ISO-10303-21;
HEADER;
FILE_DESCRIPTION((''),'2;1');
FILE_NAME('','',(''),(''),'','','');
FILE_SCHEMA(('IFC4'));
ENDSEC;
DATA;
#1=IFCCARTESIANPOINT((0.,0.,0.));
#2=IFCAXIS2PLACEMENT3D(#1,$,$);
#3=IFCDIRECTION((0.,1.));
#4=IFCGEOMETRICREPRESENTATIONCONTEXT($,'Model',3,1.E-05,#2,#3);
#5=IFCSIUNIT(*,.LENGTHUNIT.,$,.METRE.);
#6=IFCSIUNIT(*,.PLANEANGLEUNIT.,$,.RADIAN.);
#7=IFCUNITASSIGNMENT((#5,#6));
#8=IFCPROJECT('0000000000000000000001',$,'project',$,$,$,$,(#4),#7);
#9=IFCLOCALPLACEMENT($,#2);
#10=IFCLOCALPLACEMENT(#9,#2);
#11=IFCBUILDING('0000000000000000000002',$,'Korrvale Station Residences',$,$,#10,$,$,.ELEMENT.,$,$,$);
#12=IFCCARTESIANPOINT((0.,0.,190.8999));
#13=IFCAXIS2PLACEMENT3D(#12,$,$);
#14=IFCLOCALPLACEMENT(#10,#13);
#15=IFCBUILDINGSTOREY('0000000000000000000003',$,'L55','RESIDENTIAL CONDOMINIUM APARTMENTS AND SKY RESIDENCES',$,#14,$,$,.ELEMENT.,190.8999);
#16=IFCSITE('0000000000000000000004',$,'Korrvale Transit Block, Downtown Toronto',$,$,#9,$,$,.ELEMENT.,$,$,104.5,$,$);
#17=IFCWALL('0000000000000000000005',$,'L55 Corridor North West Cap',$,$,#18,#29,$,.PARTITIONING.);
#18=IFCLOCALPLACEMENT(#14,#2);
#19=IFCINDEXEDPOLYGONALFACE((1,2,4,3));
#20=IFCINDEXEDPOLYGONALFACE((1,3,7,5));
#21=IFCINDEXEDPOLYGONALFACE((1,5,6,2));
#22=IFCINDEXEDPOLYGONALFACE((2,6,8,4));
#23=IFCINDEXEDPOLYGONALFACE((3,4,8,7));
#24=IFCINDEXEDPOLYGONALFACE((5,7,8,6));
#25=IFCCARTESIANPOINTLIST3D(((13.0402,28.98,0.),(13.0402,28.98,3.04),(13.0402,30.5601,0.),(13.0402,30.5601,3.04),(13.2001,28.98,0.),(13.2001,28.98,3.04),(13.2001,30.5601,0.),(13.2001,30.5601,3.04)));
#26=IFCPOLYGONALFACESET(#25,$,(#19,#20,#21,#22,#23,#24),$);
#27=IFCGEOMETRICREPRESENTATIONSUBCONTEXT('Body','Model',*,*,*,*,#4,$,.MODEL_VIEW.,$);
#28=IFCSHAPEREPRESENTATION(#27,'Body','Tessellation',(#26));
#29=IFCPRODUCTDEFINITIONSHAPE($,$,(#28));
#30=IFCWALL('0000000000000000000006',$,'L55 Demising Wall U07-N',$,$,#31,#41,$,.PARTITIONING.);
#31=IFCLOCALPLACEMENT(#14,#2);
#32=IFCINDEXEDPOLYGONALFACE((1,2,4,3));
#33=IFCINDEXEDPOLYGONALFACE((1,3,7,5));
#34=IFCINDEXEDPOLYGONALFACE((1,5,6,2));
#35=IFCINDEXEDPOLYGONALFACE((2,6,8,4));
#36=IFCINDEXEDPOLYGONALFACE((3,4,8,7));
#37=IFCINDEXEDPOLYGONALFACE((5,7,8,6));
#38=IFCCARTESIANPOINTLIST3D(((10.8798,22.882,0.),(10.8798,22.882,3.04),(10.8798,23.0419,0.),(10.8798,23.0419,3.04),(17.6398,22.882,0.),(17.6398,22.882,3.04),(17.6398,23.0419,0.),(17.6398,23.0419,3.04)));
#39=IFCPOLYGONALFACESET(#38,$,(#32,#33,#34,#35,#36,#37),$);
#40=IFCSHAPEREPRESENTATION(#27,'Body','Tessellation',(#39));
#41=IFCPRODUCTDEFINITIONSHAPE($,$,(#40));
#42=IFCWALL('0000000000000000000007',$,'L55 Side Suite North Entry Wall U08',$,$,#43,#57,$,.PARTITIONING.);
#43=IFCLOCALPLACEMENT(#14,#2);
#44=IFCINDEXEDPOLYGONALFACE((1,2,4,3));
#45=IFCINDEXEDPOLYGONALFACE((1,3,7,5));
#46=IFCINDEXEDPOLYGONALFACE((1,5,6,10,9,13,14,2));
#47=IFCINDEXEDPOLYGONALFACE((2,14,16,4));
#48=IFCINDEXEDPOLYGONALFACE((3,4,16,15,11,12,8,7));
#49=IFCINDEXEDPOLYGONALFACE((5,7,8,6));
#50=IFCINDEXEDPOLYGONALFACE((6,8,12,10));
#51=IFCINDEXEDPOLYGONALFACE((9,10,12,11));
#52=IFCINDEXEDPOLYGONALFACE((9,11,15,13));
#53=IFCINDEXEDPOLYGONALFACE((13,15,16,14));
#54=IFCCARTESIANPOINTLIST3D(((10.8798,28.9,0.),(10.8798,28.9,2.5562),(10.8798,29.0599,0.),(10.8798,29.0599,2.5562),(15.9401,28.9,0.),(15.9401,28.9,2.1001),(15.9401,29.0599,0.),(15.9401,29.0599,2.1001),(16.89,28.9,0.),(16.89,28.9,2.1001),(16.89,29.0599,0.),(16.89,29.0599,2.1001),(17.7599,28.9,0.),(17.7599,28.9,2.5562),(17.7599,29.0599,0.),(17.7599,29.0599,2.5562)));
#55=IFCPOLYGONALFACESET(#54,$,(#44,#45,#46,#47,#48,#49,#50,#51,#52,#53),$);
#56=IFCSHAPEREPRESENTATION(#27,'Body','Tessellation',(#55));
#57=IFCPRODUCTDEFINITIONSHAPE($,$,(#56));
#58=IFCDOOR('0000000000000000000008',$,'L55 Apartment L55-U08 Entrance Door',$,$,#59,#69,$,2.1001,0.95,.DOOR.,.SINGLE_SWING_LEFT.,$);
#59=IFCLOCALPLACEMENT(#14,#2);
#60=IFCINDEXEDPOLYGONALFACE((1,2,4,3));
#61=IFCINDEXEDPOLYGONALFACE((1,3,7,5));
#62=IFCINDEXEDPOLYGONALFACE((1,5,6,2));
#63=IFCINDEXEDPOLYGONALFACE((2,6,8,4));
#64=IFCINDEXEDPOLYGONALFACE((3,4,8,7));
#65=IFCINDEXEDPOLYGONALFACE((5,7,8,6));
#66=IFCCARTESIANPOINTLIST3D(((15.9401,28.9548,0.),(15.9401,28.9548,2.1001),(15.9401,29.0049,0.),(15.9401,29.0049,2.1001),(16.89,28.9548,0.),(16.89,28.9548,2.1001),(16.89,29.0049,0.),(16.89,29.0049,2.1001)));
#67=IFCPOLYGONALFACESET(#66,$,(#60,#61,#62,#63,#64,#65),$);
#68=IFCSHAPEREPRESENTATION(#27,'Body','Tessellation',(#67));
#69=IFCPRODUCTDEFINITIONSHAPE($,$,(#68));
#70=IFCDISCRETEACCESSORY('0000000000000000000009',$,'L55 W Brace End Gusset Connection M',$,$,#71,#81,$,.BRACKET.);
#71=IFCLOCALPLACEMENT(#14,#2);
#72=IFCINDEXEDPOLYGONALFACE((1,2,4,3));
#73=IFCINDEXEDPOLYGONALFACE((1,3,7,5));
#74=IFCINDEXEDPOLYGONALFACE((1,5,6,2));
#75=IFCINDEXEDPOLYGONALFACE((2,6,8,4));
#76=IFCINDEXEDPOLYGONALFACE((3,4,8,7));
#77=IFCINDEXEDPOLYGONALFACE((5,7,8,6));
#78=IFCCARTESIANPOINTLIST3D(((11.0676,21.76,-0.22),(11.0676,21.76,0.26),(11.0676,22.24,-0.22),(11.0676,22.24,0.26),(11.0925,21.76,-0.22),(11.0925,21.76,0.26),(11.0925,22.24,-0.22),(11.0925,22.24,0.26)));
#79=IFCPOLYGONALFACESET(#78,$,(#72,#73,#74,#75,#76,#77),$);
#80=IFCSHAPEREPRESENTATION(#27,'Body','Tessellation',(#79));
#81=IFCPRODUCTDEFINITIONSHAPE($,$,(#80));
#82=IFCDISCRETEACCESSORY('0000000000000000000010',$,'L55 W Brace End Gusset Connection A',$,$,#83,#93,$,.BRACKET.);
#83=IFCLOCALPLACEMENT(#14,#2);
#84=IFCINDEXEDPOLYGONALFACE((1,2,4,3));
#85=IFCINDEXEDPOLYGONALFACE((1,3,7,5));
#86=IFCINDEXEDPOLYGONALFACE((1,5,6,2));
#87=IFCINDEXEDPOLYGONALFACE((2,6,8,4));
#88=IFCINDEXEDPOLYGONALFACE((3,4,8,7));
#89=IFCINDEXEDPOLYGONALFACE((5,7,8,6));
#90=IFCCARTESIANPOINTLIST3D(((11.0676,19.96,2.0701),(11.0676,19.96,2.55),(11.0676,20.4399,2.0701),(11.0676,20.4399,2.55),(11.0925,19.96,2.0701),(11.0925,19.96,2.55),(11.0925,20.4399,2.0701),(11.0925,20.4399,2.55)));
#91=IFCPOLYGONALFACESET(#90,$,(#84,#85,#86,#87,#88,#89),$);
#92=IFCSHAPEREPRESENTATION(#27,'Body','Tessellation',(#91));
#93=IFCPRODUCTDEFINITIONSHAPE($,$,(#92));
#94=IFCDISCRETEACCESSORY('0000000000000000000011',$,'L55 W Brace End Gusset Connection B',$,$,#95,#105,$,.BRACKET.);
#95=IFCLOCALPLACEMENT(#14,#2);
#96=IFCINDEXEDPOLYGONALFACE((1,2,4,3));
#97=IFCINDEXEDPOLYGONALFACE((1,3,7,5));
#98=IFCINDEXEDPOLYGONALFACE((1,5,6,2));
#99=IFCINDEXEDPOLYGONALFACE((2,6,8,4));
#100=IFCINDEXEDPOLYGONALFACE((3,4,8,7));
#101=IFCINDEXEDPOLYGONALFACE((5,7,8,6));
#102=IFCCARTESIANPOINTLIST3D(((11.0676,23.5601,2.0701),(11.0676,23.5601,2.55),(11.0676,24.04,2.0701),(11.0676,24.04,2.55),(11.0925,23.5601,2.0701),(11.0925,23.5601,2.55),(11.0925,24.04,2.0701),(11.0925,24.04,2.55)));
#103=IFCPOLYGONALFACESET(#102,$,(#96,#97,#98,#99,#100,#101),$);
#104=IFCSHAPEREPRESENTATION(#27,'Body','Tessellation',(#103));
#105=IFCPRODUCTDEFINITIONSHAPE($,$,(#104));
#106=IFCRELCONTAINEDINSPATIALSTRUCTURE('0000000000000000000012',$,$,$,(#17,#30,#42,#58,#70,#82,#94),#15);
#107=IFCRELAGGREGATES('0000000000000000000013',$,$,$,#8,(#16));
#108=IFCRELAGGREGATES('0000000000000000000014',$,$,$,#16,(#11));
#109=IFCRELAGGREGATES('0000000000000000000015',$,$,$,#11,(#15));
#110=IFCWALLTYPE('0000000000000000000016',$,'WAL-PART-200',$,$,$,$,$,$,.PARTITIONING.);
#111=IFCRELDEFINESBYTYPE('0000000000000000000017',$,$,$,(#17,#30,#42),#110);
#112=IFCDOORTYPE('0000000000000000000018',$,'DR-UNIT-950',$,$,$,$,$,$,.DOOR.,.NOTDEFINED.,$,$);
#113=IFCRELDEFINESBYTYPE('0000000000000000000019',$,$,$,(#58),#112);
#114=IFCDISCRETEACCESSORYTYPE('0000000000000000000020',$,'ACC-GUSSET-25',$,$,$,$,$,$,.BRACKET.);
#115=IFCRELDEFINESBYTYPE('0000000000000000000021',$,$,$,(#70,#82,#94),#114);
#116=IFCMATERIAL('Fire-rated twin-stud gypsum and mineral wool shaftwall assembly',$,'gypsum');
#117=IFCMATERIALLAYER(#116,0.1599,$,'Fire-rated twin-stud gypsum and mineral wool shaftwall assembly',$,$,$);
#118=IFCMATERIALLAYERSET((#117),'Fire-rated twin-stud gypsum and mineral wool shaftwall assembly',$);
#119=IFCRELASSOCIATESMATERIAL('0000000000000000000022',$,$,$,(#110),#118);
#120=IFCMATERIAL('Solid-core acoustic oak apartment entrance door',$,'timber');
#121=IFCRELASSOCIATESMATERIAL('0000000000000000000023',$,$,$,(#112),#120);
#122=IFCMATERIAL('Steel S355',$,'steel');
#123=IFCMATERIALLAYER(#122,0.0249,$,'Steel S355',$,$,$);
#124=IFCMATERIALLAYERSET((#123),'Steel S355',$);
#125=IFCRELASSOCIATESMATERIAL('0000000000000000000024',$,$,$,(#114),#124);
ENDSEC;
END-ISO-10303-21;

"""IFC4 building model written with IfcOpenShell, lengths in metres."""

from ifc_helpers import new_model, si_unit, direction, frame, frame_2d, origin, origin_2d, place, context, subcontext, project, spatial, rectangle, extrude, material, layer, layer_set, type_object, element, fill, save


model = new_model("IFC4")

# Units and contexts
model_context = context("Model", 3, precision=1e-05, world=origin(), true_north=direction((0.0, 1.0)))
body_context = subcontext(model_context, "Body", "Model", "MODEL_VIEW")
ifc_project = project(units=[si_unit("LENGTHUNIT", "METRE"), si_unit("PLANEANGLEUNIT", "RADIAN")], contexts=[model_context])

# Site, building, storey
site_placement = place(None, origin())
site = spatial("IfcSite", under=ifc_project, at=site_placement, Name="Korrvale Transit Block, Downtown Toronto", CompositionType="ELEMENT", RefElevation=104.5)
building_placement = place(site_placement, origin())
building = spatial("IfcBuilding", under=site, at=building_placement, Name="Korrvale Station Residences", CompositionType="ELEMENT")
storey_placement = place(building_placement, frame((0.0, 0.0, 190.8999)))
storey = spatial("IfcBuildingStorey", under=building, at=storey_placement, Name="L55", Description="RESIDENTIAL CONDOMINIUM APARTMENTS AND SKY RESIDENCES", CompositionType="ELEMENT", Elevation=190.8999)

# Shared definitions
ifc_material_1 = material(Name="Steel S355", Category="steel")

# Walls
ifc_material_2 = material(Name="Fire-rated twin-stud gypsum and mineral wool shaftwall assembly", Category="gypsum")
ifc_layer_1 = layer(ifc_material_2, 0.1599, Name="Fire-rated twin-stud gypsum and mineral wool shaftwall assembly")
ifc_layer_set_1 = layer_set([ifc_layer_1], Name="Fire-rated twin-stud gypsum and mineral wool shaftwall assembly")
wall_type_1 = type_object("IfcWallType", Name="WAL-PART-200", PredefinedType="PARTITIONING", material=ifc_layer_set_1)
wall_1_placement = place(storey_placement, frame((13.1201, 28.98, 0.0), z_axis=(0.0, 0.0, 1.0), x_axis=(0.0, 1.0, 0.0)))
element("IfcWall", 1, at=wall_1_placement, inside=storey, type_object=wall_type_1, Name="L55 Corridor North West Cap", PredefinedType="PARTITIONING", context=body_context, shape_type="SweptSolid", body=[
    extrude(rectangle(XDim=1.5801, YDim=0.1599, at=frame_2d((0.79, 0.0))), origin(), (0.0, 0.0, 1.0), 3.04),
])
wall_2_placement = place(storey_placement, frame((10.8799, 22.9619, 0.0), z_axis=(0.0, 0.0, 1.0), x_axis=(1.0, 0.0, 0.0)))
element("IfcWall", 2, at=wall_2_placement, inside=storey, type_object=wall_type_1, Name="L55 Demising Wall U07-N", PredefinedType="PARTITIONING", context=body_context, shape_type="SweptSolid", body=[
    extrude(rectangle(XDim=6.76, YDim=0.1599, at=frame_2d((3.3799, 0.0))), origin(), (0.0, 0.0, 1.0), 3.04),
])

# Wall, opening, door
wall_3_placement = place(storey_placement, frame((10.8799, 28.98, 0.0), z_axis=(0.0, 0.0, 1.0), x_axis=(1.0, 0.0, 0.0)))
wall_3 = element("IfcWall", 3, at=wall_3_placement, inside=storey, type_object=wall_type_1, Name="L55 Side Suite North Entry Wall U08", PredefinedType="PARTITIONING", context=body_context, shape_type="SweptSolid", body=[
    extrude(rectangle(XDim=6.8801, YDim=0.1599, at=frame_2d((3.4399, 0.0))), origin(), (0.0, 0.0, 1.0), 2.5562),
])
opening_1_placement = place(wall_3_placement, frame((5.0601, 0.0, 0.0)))
opening_1 = element("IfcOpeningElement", 4, at=opening_1_placement, cuts=wall_3, PredefinedType="OPENING", context=body_context, shape_type="SweptSolid", body=[
    extrude(rectangle(XDim=0.95, YDim=2.1001, at=frame_2d((0.4751, 1.05))), frame((0.0, 0.0898, 0.0), z_axis=(0.0, -1.0, 0.0), x_axis=(1.0, 0.0, 0.0)), (0.0, 0.0, 1.0), 0.1799),
])
ifc_material_3 = material(Name="Solid-core acoustic oak apartment entrance door", Category="timber")
door_type_1 = type_object("IfcDoorType", Name="DR-UNIT-950", OperationType="NOTDEFINED", PredefinedType="DOOR", material=ifc_material_3)
door_1_placement = place(opening_1_placement, origin())
door_1 = element("IfcDoor", 5, at=door_1_placement, inside=storey, type_object=door_type_1, Name="L55 Apartment L55-U08 Entrance Door", OperationType="SINGLE_SWING_LEFT", OverallHeight=2.1001, OverallWidth=0.95, PredefinedType="DOOR", context=body_context, shape_type="SweptSolid", body=[
    extrude(rectangle(XDim=0.95, YDim=2.1001, at=frame_2d((0.4751, 1.05))), frame((0.0, 0.0249, 0.0), z_axis=(0.0, -1.0, 0.0), x_axis=(1.0, 0.0, 0.0)), (0.0, 0.0, 1.0), 0.05),
])
fill(opening_1, door_1)

# Discrete accessories
ifc_layer_2 = layer(ifc_material_1, 0.0249, Name="Steel S355")
ifc_layer_set_2 = layer_set([ifc_layer_2], Name="Steel S355")
discrete_accessory_type = type_object("IfcDiscreteAccessoryType", Name="ACC-GUSSET-25", PredefinedType="BRACKET", material=ifc_layer_set_2)
for number, where, z_axis, x_axis, name in (
    (6, (11.0801, 22.0, -0.22), (0.0, 0.0, 1.0), (0.0, 1.0, 0.0), "L55 W Brace End Gusset Connection M"),
    (7, (11.0801, 20.2, 2.0701), (0.0, 0.0, 1.0), (0.0, 1.0, 0.0), "L55 W Brace End Gusset Connection A"),
    (8, (11.0801, 23.8, 2.0701), (0.0, 0.0, 1.0), (0.0, 1.0, 0.0), "L55 W Brace End Gusset Connection B"),
):
    element("IfcDiscreteAccessory", number, at=place(storey_placement, frame(where, z_axis=z_axis, x_axis=x_axis)), inside=storey, type_object=discrete_accessory_type, Name=name, PredefinedType="BRACKET", context=body_context, shape_type="SweptSolid", body=[
        extrude(rectangle(XDim=0.48, YDim=0.0249, at=origin_2d()), origin(), (0.0, 0.0, 1.0), 0.48),
    ])

save(model, "model.ifc")
